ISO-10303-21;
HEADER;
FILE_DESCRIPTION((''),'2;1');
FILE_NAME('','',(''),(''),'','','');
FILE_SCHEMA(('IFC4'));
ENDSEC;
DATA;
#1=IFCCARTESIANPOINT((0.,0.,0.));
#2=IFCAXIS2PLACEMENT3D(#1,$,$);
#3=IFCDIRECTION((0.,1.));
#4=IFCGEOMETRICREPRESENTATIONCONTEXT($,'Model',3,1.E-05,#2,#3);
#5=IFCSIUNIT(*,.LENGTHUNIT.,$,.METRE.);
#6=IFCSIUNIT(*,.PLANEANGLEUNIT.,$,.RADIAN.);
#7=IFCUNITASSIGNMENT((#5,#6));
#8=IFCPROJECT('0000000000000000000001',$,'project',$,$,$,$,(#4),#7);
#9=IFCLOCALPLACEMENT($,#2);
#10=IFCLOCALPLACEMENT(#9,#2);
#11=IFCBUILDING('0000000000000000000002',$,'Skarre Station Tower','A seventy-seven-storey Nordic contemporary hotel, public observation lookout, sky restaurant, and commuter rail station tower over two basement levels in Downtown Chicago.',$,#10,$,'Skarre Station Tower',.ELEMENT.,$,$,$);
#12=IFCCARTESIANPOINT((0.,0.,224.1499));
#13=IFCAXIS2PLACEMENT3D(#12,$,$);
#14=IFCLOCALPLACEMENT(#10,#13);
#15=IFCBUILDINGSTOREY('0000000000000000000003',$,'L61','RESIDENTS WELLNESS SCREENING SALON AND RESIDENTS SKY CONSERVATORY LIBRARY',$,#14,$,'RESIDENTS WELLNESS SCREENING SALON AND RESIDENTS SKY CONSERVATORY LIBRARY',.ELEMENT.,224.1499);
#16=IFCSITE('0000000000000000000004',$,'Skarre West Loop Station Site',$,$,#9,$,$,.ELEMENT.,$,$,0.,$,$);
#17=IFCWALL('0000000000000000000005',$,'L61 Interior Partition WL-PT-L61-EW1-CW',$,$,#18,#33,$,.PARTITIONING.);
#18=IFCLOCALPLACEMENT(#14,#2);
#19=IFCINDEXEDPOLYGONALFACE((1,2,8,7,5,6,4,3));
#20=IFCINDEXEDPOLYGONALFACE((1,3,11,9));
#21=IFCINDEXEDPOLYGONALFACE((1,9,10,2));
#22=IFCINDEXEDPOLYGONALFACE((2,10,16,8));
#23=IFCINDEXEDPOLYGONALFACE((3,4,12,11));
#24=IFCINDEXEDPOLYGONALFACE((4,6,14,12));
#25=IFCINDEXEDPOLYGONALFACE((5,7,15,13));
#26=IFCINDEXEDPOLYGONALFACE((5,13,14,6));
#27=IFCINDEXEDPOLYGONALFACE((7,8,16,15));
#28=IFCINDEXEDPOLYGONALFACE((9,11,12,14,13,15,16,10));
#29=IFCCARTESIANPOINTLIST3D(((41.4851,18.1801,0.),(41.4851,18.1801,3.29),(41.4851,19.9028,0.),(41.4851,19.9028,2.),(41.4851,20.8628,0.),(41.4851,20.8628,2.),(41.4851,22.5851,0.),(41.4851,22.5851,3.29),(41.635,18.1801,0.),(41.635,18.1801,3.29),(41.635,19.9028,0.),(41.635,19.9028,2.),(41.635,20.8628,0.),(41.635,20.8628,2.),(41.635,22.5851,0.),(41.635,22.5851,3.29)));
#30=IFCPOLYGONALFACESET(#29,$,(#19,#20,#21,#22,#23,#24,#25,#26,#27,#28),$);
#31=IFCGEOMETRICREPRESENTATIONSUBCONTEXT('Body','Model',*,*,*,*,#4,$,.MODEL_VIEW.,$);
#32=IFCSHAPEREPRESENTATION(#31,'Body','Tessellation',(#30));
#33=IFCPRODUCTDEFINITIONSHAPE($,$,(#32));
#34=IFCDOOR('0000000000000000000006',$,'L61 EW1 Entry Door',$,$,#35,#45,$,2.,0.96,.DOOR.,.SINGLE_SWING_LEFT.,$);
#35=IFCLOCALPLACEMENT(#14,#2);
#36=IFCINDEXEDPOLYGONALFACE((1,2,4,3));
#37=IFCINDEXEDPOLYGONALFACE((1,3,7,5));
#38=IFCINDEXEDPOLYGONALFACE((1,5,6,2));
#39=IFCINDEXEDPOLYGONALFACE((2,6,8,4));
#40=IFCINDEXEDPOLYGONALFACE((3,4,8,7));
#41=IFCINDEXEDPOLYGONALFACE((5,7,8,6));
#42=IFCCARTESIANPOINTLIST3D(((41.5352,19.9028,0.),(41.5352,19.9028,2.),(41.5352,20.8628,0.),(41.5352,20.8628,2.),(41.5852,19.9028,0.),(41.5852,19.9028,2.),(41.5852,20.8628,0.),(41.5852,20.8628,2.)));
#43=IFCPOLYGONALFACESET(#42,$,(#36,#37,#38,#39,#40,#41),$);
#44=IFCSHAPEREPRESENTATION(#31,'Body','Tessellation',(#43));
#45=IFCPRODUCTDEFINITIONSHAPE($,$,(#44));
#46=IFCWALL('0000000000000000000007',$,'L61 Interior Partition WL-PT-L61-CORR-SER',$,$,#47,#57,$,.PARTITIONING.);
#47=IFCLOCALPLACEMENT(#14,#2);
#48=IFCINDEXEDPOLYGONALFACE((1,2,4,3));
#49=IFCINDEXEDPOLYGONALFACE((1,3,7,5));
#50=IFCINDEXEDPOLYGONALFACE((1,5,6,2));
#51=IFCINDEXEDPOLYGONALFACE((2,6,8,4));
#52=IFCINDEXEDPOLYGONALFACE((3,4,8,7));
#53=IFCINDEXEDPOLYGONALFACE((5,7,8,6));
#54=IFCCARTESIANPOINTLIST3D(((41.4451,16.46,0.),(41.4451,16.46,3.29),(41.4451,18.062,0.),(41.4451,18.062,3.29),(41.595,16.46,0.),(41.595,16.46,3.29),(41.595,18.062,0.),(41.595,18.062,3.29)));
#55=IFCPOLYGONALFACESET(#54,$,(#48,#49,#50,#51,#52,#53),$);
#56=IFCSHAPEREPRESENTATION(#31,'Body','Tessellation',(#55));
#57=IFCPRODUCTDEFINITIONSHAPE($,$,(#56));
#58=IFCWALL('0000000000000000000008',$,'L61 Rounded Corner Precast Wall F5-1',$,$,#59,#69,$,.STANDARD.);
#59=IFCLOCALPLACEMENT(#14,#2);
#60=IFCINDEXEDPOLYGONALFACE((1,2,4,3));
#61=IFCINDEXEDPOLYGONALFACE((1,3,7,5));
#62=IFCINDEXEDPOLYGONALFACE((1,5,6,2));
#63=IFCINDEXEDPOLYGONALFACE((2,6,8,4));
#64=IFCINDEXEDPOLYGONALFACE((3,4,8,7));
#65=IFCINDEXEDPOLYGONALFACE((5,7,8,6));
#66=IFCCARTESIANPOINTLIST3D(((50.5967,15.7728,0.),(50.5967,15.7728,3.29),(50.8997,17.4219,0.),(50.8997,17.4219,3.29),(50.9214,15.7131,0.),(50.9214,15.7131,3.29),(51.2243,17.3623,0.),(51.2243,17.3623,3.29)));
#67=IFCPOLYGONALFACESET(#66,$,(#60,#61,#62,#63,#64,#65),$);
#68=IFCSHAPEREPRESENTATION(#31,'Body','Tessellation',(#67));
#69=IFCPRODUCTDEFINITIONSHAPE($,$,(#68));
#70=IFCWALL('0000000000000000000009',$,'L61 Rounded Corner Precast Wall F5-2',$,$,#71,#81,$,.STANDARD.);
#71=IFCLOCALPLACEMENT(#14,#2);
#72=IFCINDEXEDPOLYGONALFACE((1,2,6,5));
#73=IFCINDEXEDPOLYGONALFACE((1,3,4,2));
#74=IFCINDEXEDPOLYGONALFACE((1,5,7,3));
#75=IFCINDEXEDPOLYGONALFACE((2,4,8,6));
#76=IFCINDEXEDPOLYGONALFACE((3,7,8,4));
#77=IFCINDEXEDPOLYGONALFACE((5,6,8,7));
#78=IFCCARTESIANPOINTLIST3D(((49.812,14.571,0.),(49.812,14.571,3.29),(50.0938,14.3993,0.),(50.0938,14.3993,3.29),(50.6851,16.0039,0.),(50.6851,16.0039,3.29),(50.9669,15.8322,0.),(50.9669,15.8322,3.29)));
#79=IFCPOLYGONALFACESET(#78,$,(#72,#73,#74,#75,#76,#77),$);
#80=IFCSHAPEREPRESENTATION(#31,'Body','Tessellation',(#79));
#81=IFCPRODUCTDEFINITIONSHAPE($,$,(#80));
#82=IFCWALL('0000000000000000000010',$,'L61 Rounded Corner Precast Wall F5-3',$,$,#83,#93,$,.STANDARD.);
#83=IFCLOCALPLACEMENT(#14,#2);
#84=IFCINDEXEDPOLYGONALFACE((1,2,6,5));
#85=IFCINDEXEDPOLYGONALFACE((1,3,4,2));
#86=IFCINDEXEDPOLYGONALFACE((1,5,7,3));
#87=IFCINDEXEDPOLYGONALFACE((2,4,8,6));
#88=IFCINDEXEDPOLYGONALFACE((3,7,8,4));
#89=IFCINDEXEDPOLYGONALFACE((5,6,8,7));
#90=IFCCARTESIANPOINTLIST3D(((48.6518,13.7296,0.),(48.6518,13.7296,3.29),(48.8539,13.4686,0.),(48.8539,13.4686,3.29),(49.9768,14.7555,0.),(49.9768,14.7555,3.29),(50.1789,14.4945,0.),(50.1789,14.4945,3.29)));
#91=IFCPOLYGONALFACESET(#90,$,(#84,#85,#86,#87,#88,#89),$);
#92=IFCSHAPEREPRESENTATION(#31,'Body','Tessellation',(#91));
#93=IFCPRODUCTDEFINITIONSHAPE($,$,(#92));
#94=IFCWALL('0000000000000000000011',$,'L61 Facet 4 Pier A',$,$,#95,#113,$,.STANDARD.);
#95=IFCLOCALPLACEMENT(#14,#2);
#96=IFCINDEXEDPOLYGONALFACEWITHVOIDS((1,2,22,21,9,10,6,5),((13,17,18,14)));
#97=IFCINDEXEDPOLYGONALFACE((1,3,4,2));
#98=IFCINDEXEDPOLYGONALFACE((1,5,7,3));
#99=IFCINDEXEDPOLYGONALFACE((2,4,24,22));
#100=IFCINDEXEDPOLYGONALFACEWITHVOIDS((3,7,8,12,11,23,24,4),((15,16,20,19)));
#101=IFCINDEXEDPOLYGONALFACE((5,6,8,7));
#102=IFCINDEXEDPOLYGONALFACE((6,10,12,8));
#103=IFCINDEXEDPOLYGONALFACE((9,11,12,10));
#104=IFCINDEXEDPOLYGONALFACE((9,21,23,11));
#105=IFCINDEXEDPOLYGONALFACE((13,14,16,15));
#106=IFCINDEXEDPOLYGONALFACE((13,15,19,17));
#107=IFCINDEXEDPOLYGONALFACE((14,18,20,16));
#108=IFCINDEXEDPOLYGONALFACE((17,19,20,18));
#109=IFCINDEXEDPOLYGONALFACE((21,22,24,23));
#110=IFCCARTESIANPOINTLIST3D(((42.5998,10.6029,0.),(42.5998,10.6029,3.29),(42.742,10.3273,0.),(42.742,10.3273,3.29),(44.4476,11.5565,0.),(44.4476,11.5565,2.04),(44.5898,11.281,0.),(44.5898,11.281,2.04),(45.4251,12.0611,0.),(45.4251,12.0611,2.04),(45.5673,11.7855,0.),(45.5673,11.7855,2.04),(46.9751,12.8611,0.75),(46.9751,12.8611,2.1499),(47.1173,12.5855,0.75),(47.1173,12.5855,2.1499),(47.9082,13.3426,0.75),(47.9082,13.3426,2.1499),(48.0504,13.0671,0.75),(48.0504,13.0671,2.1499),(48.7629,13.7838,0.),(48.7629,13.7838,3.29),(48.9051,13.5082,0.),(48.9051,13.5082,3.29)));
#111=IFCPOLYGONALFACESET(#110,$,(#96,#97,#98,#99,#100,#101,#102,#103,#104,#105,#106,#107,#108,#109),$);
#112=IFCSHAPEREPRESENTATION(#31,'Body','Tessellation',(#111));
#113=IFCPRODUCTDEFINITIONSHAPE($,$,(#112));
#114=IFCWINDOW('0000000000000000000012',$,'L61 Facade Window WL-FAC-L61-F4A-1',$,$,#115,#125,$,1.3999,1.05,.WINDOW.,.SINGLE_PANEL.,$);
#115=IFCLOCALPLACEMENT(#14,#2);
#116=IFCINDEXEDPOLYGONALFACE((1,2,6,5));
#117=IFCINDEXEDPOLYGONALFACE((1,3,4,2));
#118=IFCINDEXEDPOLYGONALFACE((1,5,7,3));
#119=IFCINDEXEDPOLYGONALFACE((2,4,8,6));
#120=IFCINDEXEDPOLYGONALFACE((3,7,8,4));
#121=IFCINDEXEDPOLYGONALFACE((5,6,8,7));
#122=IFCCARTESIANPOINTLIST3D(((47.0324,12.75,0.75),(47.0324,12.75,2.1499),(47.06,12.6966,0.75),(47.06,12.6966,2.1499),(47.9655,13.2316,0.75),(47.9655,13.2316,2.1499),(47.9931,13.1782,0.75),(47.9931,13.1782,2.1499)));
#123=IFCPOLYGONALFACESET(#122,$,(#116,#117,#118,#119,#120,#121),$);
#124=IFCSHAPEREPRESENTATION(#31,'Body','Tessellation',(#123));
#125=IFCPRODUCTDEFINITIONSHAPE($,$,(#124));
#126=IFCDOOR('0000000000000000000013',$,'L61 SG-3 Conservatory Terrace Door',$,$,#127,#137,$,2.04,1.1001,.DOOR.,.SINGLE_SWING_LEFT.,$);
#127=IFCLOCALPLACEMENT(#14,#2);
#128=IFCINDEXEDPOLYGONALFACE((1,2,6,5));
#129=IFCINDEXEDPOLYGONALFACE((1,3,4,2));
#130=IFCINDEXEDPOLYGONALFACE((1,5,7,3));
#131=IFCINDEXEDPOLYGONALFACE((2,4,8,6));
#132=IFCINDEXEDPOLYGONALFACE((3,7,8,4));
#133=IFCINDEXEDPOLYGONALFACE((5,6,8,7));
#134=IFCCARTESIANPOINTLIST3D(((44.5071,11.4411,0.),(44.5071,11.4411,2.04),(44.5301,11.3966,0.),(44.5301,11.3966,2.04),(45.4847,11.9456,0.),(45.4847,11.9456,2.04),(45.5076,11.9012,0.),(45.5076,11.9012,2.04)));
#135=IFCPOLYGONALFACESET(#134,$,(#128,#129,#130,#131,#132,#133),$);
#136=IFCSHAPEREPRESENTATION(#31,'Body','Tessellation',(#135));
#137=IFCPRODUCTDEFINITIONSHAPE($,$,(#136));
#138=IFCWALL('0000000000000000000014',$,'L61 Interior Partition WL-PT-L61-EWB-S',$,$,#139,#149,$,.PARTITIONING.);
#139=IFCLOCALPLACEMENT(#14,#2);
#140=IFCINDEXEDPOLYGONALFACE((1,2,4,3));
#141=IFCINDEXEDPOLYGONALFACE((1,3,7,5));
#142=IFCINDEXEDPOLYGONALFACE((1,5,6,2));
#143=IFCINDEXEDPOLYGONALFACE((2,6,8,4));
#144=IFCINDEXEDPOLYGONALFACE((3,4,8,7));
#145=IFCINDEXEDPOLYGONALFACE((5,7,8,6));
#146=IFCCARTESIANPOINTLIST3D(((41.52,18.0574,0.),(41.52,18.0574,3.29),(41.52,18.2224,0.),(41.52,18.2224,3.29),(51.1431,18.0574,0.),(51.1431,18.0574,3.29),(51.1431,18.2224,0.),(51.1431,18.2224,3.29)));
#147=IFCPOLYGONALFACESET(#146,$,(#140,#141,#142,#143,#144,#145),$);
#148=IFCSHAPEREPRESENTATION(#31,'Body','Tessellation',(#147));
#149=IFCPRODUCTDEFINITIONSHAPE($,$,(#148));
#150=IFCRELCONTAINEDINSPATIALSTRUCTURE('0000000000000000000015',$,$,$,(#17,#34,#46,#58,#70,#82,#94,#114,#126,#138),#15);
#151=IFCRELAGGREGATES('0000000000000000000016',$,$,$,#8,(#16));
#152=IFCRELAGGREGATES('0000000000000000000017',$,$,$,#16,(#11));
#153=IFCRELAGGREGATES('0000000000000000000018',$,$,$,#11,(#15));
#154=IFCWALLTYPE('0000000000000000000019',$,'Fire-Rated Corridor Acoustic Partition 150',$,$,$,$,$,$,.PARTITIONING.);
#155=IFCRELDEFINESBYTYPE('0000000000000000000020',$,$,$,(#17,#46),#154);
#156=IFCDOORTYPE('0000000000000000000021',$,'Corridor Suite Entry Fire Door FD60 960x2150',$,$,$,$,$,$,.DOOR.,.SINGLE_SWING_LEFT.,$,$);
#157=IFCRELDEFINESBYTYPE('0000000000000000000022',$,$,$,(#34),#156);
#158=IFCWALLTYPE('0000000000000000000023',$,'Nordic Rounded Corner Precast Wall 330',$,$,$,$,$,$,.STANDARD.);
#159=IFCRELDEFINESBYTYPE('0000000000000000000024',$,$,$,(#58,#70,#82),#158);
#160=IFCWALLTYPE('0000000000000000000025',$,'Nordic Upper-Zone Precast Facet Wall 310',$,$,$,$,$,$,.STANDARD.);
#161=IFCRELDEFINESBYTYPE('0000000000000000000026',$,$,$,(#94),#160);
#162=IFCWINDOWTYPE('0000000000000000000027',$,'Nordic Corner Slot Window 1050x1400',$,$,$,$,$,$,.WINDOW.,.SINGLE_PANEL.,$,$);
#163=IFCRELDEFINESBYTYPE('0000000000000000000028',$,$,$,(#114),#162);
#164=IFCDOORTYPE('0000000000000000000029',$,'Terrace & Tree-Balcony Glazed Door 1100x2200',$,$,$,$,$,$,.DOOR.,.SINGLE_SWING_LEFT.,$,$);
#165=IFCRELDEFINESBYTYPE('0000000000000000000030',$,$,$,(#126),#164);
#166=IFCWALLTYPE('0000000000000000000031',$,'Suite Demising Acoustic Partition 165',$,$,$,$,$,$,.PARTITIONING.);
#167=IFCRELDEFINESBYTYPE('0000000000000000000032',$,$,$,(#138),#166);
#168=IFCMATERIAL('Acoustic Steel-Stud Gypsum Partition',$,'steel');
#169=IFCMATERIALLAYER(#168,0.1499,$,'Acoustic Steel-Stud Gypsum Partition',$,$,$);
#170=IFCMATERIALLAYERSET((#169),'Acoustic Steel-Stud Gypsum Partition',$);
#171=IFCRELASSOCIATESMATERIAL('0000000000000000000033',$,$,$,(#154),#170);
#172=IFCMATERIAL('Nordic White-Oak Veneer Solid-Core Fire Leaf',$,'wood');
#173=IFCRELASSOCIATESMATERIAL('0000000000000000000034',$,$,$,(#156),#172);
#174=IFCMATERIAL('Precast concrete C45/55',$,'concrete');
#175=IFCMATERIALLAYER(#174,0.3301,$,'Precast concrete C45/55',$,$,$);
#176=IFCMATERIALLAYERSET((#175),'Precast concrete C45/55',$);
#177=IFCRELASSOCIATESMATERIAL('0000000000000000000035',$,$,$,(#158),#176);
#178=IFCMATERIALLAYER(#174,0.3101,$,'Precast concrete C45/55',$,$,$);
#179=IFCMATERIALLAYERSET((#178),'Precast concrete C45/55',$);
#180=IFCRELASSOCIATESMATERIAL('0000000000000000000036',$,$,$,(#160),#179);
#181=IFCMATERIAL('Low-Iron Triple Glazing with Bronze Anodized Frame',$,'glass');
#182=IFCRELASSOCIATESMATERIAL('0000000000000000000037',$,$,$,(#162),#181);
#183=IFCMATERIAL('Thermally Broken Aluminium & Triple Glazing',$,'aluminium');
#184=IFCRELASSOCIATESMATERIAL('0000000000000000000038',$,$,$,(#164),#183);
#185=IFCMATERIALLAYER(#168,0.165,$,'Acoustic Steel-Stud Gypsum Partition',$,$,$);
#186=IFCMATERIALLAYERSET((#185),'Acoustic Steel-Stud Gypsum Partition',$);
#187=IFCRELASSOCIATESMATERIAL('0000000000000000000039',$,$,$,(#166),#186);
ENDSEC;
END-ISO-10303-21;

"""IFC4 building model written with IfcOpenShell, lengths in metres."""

from ifc_helpers import new_model, si_unit, direction, frame, frame_2d, origin, place, context, subcontext, project, spatial, rectangle, extrude, material, layer, layer_set, type_object, element, fill, save


model = new_model("IFC4")

# Units and contexts
model_context = context("Model", 3, precision=1e-05, world=origin(), true_north=direction((0.0, 1.0)))
body_context = subcontext(model_context, "Body", "Model", "MODEL_VIEW")
ifc_project = project(units=[si_unit("LENGTHUNIT", "METRE"), si_unit("PLANEANGLEUNIT", "RADIAN")], contexts=[model_context])

# Site, building, storey
site_placement = place(None, origin())
site = spatial("IfcSite", under=ifc_project, at=site_placement, Name="Skarre West Loop Station Site", CompositionType="ELEMENT", RefElevation=0.0)
building_placement = place(site_placement, origin())
building = spatial("IfcBuilding", under=site, at=building_placement, Name="Skarre Station Tower", Description="A seventy-seven-storey Nordic contemporary hotel, public observation lookout, sky restaurant, and commuter rail station tower over two basement levels in Downtown Chicago.", LongName="Skarre Station Tower", CompositionType="ELEMENT")
storey_placement = place(building_placement, frame((0.0, 0.0, 224.1499)))
storey = spatial("IfcBuildingStorey", under=building, at=storey_placement, Name="L61", Description="RESIDENTS WELLNESS SCREENING SALON AND RESIDENTS SKY CONSERVATORY LIBRARY", LongName="RESIDENTS WELLNESS SCREENING SALON AND RESIDENTS SKY CONSERVATORY LIBRARY", CompositionType="ELEMENT", Elevation=224.1499)

# Wall, opening, door
ifc_material_1 = material(Name="Acoustic Steel-Stud Gypsum Partition", Category="steel")
ifc_layer_1 = layer(ifc_material_1, 0.1499, Name="Acoustic Steel-Stud Gypsum Partition")
ifc_layer_set_1 = layer_set([ifc_layer_1], Name="Acoustic Steel-Stud Gypsum Partition")
wall_type_1 = type_object("IfcWallType", Name="Fire-Rated Corridor Acoustic Partition 150", PredefinedType="PARTITIONING", material=ifc_layer_set_1)
wall_1_placement = place(storey_placement, frame((41.5601, 18.1799, 0.0), z_axis=(0.0, 0.0, 1.0), x_axis=(0.0, 1.0, 0.0)))
wall_1 = element("IfcWall", 1, at=wall_1_placement, inside=storey, type_object=wall_type_1, Name="L61 Interior Partition WL-PT-L61-EW1-CW", PredefinedType="PARTITIONING", context=body_context, shape_type="SweptSolid", body=[
    extrude(rectangle(XDim=4.405, YDim=0.1499, at=frame_2d((2.2026, 0.0))), origin(), (0.0, 0.0, 1.0), 3.29),
])
opening_1_placement = place(wall_1_placement, frame((1.7229, 0.0, 0.0)))
opening_1 = element("IfcOpeningElement", 2, at=opening_1_placement, cuts=wall_1, PredefinedType="OPENING", context=body_context, shape_type="SweptSolid", body=[
    extrude(rectangle(XDim=0.96, YDim=2.0, at=frame_2d((0.48, 1.0))), frame((0.0, 0.085, 0.0), z_axis=(0.0, -1.0, 0.0), x_axis=(1.0, 0.0, 0.0)), (0.0, 0.0, 1.0), 0.1699),
])
ifc_material_2 = material(Name="Nordic White-Oak Veneer Solid-Core Fire Leaf", Category="wood")
door_type_1 = type_object("IfcDoorType", Name="Corridor Suite Entry Fire Door FD60 960x2150", OperationType="SINGLE_SWING_LEFT", PredefinedType="DOOR", material=ifc_material_2)
door_1_placement = place(opening_1_placement, origin())
door_1 = element("IfcDoor", 3, at=door_1_placement, inside=storey, type_object=door_type_1, Name="L61 EW1 Entry Door", OperationType="SINGLE_SWING_LEFT", OverallHeight=2.0, OverallWidth=0.96, PredefinedType="DOOR", context=body_context, shape_type="SweptSolid", body=[
    extrude(rectangle(XDim=0.96, YDim=2.0, at=frame_2d((0.48, 1.0))), frame((0.0, 0.0249, 0.0), z_axis=(0.0, -1.0, 0.0), x_axis=(1.0, 0.0, 0.0)), (0.0, 0.0, 1.0), 0.05),
])
fill(opening_1, door_1)

# Walls
wall_2_placement = place(storey_placement, frame((41.52, 16.46, 0.0), z_axis=(0.0, 0.0, 1.0), x_axis=(0.0, 1.0, 0.0)))
element("IfcWall", 4, at=wall_2_placement, inside=storey, type_object=wall_type_1, Name="L61 Interior Partition WL-PT-L61-CORR-SER", PredefinedType="PARTITIONING", context=body_context, shape_type="SweptSolid", body=[
    extrude(rectangle(XDim=1.6021, YDim=0.1499, at=frame_2d((0.801, 0.0))), origin(), (0.0, 0.0, 1.0), 3.29),
])
ifc_material_3 = material(Name="Precast concrete C45/55", Category="concrete")
ifc_layer_2 = layer(ifc_material_3, 0.3301, Name="Precast concrete C45/55")
ifc_layer_set_2 = layer_set([ifc_layer_2], Name="Precast concrete C45/55")
wall_type_2 = type_object("IfcWallType", Name="Nordic Rounded Corner Precast Wall 330", PredefinedType="STANDARD", material=ifc_layer_set_2)
wall_3_placement = place(storey_placement, frame((51.062, 17.3921, 0.0), z_axis=(0.0, 0.0, 1.0), x_axis=(-0.180692, -0.98354, 0.0)))
element("IfcWall", 5, at=wall_3_placement, inside=storey, type_object=wall_type_2, Name="L61 Rounded Corner Precast Wall F5-1", PredefinedType="STANDARD", context=body_context, shape_type="SweptSolid", body=[
    extrude(rectangle(XDim=1.6768, YDim=0.3301, at=frame_2d((0.8384, 0.0))), origin(), (0.0, 0.0, 1.0), 3.29),
])
wall_4_placement = place(storey_placement, frame((50.8259, 15.918, 0.0), z_axis=(0.0, 0.0, 1.0), x_axis=(-0.520325, -0.853968, 0.0)))
element("IfcWall", 6, at=wall_4_placement, inside=storey, type_object=wall_type_2, Name="L61 Rounded Corner Precast Wall F5-2", PredefinedType="STANDARD", context=body_context, shape_type="SweptSolid", body=[
    extrude(rectangle(XDim=1.678, YDim=0.3301, at=frame_2d((0.8389, 0.0))), origin(), (0.0, 0.0, 1.0), 3.29),
])
wall_5_placement = place(storey_placement, frame((50.0779, 14.625, 0.0), z_axis=(0.0, 0.0, 1.0), x_axis=(-0.790692, -0.612214, 0.0)))
element("IfcWall", 7, at=wall_5_placement, inside=storey, type_object=wall_type_2, Name="L61 Rounded Corner Precast Wall F5-3", PredefinedType="STANDARD", context=body_context, shape_type="SweptSolid", body=[
    extrude(rectangle(XDim=1.6758, YDim=0.3301, at=frame_2d((0.8379, 0.0))), origin(), (0.0, 0.0, 1.0), 3.29),
])

# Wall, openings, window, door
ifc_layer_3 = layer(ifc_material_3, 0.3101, Name="Precast concrete C45/55")
ifc_layer_set_3 = layer_set([ifc_layer_3], Name="Precast concrete C45/55")
wall_type_3 = type_object("IfcWallType", Name="Nordic Upper-Zone Precast Facet Wall 310", PredefinedType="STANDARD", material=ifc_layer_set_3)
wall_6_placement = place(storey_placement, frame((48.834, 13.646, 0.0), z_axis=(0.0, 0.0, 1.0), x_axis=(-0.888623, -0.458638, 0.0)))
wall_6 = element("IfcWall", 8, at=wall_6_placement, inside=storey, type_object=wall_type_3, Name="L61 Facet 4 Pier A", PredefinedType="STANDARD", context=body_context, shape_type="SweptSolid", body=[
    extrude(rectangle(XDim=6.9355, YDim=0.3101, at=frame_2d((3.4678, 0.0))), origin(), (0.0, 0.0, 1.0), 3.29),
])
opening_2_placement = place(wall_6_placement, frame((3.7561, 0.0, 0.0)))
opening_2 = element("IfcOpeningElement", 9, at=opening_2_placement, cuts=wall_6, PredefinedType="OPENING", context=body_context, shape_type="SweptSolid", body=[
    extrude(rectangle(XDim=1.1001, YDim=2.04, at=frame_2d((0.55, 1.02))), frame((0.0, 0.165, 0.0), z_axis=(0.0, -1.0, 0.0), x_axis=(1.0, 0.0, 0.0)), (0.0, 0.0, 1.0), 0.3301),
])
opening_3_placement = place(wall_6_placement, frame((0.9619, 0.0, 0.75)))
opening_3 = element("IfcOpeningElement", 10, at=opening_3_placement, cuts=wall_6, PredefinedType="OPENING", context=body_context, shape_type="SweptSolid", body=[
    extrude(rectangle(XDim=1.05, YDim=1.3999, at=frame_2d((0.5249, 0.7))), frame((0.0, 0.165, 0.0), z_axis=(0.0, -1.0, 0.0), x_axis=(1.0, 0.0, 0.0)), (0.0, 0.0, 1.0), 0.3301),
])
ifc_material_4 = material(Name="Low-Iron Triple Glazing with Bronze Anodized Frame", Category="glass")
window_type = type_object("IfcWindowType", Name="Nordic Corner Slot Window 1050x1400", PartitioningType="SINGLE_PANEL", PredefinedType="WINDOW", material=ifc_material_4)
window_placement = place(opening_3_placement, origin())
window = element("IfcWindow", 11, at=window_placement, inside=storey, type_object=window_type, Name="L61 Facade Window WL-FAC-L61-F4A-1", OverallHeight=1.3999, OverallWidth=1.05, PartitioningType="SINGLE_PANEL", PredefinedType="WINDOW", context=body_context, shape_type="SweptSolid", body=[
    extrude(rectangle(XDim=1.05, YDim=1.3999, at=frame_2d((0.5249, 0.7))), frame((0.0, 0.03, 0.0), z_axis=(0.0, -1.0, 0.0), x_axis=(1.0, 0.0, 0.0)), (0.0, 0.0, 1.0), 0.0601),
])
fill(opening_3, window)
ifc_material_5 = material(Name="Thermally Broken Aluminium & Triple Glazing", Category="aluminium")
door_type_2 = type_object("IfcDoorType", Name="Terrace & Tree-Balcony Glazed Door 1100x2200", OperationType="SINGLE_SWING_LEFT", PredefinedType="DOOR", material=ifc_material_5)
door_2_placement = place(opening_2_placement, origin())
door_2 = element("IfcDoor", 12, at=door_2_placement, inside=storey, type_object=door_type_2, Name="L61 SG-3 Conservatory Terrace Door", OperationType="SINGLE_SWING_LEFT", OverallHeight=2.04, OverallWidth=1.1001, PredefinedType="DOOR", context=body_context, shape_type="SweptSolid", body=[
    extrude(rectangle(XDim=1.1001, YDim=2.04, at=frame_2d((0.55, 1.02))), frame((0.0, 0.0249, 0.0), z_axis=(0.0, -1.0, 0.0), x_axis=(1.0, 0.0, 0.0)), (0.0, 0.0, 1.0), 0.05),
])
fill(opening_2, door_2)

# Wall
ifc_layer_4 = layer(ifc_material_1, 0.165, Name="Acoustic Steel-Stud Gypsum Partition")
ifc_layer_set_4 = layer_set([ifc_layer_4], Name="Acoustic Steel-Stud Gypsum Partition")
wall_type_4 = type_object("IfcWallType", Name="Suite Demising Acoustic Partition 165", PredefinedType="PARTITIONING", material=ifc_layer_set_4)
wall_7_placement = place(storey_placement, frame((41.52, 18.1399, 0.0), z_axis=(0.0, 0.0, 1.0), x_axis=(1.0, 0.0, 0.0)))
element("IfcWall", 13, at=wall_7_placement, inside=storey, type_object=wall_type_4, Name="L61 Interior Partition WL-PT-L61-EWB-S", PredefinedType="PARTITIONING", context=body_context, shape_type="SweptSolid", body=[
    extrude(rectangle(XDim=9.623, YDim=0.165, at=frame_2d((4.8115, 0.0))), origin(), (0.0, 0.0, 1.0), 3.29),
])

save(model, "model.ifc")
